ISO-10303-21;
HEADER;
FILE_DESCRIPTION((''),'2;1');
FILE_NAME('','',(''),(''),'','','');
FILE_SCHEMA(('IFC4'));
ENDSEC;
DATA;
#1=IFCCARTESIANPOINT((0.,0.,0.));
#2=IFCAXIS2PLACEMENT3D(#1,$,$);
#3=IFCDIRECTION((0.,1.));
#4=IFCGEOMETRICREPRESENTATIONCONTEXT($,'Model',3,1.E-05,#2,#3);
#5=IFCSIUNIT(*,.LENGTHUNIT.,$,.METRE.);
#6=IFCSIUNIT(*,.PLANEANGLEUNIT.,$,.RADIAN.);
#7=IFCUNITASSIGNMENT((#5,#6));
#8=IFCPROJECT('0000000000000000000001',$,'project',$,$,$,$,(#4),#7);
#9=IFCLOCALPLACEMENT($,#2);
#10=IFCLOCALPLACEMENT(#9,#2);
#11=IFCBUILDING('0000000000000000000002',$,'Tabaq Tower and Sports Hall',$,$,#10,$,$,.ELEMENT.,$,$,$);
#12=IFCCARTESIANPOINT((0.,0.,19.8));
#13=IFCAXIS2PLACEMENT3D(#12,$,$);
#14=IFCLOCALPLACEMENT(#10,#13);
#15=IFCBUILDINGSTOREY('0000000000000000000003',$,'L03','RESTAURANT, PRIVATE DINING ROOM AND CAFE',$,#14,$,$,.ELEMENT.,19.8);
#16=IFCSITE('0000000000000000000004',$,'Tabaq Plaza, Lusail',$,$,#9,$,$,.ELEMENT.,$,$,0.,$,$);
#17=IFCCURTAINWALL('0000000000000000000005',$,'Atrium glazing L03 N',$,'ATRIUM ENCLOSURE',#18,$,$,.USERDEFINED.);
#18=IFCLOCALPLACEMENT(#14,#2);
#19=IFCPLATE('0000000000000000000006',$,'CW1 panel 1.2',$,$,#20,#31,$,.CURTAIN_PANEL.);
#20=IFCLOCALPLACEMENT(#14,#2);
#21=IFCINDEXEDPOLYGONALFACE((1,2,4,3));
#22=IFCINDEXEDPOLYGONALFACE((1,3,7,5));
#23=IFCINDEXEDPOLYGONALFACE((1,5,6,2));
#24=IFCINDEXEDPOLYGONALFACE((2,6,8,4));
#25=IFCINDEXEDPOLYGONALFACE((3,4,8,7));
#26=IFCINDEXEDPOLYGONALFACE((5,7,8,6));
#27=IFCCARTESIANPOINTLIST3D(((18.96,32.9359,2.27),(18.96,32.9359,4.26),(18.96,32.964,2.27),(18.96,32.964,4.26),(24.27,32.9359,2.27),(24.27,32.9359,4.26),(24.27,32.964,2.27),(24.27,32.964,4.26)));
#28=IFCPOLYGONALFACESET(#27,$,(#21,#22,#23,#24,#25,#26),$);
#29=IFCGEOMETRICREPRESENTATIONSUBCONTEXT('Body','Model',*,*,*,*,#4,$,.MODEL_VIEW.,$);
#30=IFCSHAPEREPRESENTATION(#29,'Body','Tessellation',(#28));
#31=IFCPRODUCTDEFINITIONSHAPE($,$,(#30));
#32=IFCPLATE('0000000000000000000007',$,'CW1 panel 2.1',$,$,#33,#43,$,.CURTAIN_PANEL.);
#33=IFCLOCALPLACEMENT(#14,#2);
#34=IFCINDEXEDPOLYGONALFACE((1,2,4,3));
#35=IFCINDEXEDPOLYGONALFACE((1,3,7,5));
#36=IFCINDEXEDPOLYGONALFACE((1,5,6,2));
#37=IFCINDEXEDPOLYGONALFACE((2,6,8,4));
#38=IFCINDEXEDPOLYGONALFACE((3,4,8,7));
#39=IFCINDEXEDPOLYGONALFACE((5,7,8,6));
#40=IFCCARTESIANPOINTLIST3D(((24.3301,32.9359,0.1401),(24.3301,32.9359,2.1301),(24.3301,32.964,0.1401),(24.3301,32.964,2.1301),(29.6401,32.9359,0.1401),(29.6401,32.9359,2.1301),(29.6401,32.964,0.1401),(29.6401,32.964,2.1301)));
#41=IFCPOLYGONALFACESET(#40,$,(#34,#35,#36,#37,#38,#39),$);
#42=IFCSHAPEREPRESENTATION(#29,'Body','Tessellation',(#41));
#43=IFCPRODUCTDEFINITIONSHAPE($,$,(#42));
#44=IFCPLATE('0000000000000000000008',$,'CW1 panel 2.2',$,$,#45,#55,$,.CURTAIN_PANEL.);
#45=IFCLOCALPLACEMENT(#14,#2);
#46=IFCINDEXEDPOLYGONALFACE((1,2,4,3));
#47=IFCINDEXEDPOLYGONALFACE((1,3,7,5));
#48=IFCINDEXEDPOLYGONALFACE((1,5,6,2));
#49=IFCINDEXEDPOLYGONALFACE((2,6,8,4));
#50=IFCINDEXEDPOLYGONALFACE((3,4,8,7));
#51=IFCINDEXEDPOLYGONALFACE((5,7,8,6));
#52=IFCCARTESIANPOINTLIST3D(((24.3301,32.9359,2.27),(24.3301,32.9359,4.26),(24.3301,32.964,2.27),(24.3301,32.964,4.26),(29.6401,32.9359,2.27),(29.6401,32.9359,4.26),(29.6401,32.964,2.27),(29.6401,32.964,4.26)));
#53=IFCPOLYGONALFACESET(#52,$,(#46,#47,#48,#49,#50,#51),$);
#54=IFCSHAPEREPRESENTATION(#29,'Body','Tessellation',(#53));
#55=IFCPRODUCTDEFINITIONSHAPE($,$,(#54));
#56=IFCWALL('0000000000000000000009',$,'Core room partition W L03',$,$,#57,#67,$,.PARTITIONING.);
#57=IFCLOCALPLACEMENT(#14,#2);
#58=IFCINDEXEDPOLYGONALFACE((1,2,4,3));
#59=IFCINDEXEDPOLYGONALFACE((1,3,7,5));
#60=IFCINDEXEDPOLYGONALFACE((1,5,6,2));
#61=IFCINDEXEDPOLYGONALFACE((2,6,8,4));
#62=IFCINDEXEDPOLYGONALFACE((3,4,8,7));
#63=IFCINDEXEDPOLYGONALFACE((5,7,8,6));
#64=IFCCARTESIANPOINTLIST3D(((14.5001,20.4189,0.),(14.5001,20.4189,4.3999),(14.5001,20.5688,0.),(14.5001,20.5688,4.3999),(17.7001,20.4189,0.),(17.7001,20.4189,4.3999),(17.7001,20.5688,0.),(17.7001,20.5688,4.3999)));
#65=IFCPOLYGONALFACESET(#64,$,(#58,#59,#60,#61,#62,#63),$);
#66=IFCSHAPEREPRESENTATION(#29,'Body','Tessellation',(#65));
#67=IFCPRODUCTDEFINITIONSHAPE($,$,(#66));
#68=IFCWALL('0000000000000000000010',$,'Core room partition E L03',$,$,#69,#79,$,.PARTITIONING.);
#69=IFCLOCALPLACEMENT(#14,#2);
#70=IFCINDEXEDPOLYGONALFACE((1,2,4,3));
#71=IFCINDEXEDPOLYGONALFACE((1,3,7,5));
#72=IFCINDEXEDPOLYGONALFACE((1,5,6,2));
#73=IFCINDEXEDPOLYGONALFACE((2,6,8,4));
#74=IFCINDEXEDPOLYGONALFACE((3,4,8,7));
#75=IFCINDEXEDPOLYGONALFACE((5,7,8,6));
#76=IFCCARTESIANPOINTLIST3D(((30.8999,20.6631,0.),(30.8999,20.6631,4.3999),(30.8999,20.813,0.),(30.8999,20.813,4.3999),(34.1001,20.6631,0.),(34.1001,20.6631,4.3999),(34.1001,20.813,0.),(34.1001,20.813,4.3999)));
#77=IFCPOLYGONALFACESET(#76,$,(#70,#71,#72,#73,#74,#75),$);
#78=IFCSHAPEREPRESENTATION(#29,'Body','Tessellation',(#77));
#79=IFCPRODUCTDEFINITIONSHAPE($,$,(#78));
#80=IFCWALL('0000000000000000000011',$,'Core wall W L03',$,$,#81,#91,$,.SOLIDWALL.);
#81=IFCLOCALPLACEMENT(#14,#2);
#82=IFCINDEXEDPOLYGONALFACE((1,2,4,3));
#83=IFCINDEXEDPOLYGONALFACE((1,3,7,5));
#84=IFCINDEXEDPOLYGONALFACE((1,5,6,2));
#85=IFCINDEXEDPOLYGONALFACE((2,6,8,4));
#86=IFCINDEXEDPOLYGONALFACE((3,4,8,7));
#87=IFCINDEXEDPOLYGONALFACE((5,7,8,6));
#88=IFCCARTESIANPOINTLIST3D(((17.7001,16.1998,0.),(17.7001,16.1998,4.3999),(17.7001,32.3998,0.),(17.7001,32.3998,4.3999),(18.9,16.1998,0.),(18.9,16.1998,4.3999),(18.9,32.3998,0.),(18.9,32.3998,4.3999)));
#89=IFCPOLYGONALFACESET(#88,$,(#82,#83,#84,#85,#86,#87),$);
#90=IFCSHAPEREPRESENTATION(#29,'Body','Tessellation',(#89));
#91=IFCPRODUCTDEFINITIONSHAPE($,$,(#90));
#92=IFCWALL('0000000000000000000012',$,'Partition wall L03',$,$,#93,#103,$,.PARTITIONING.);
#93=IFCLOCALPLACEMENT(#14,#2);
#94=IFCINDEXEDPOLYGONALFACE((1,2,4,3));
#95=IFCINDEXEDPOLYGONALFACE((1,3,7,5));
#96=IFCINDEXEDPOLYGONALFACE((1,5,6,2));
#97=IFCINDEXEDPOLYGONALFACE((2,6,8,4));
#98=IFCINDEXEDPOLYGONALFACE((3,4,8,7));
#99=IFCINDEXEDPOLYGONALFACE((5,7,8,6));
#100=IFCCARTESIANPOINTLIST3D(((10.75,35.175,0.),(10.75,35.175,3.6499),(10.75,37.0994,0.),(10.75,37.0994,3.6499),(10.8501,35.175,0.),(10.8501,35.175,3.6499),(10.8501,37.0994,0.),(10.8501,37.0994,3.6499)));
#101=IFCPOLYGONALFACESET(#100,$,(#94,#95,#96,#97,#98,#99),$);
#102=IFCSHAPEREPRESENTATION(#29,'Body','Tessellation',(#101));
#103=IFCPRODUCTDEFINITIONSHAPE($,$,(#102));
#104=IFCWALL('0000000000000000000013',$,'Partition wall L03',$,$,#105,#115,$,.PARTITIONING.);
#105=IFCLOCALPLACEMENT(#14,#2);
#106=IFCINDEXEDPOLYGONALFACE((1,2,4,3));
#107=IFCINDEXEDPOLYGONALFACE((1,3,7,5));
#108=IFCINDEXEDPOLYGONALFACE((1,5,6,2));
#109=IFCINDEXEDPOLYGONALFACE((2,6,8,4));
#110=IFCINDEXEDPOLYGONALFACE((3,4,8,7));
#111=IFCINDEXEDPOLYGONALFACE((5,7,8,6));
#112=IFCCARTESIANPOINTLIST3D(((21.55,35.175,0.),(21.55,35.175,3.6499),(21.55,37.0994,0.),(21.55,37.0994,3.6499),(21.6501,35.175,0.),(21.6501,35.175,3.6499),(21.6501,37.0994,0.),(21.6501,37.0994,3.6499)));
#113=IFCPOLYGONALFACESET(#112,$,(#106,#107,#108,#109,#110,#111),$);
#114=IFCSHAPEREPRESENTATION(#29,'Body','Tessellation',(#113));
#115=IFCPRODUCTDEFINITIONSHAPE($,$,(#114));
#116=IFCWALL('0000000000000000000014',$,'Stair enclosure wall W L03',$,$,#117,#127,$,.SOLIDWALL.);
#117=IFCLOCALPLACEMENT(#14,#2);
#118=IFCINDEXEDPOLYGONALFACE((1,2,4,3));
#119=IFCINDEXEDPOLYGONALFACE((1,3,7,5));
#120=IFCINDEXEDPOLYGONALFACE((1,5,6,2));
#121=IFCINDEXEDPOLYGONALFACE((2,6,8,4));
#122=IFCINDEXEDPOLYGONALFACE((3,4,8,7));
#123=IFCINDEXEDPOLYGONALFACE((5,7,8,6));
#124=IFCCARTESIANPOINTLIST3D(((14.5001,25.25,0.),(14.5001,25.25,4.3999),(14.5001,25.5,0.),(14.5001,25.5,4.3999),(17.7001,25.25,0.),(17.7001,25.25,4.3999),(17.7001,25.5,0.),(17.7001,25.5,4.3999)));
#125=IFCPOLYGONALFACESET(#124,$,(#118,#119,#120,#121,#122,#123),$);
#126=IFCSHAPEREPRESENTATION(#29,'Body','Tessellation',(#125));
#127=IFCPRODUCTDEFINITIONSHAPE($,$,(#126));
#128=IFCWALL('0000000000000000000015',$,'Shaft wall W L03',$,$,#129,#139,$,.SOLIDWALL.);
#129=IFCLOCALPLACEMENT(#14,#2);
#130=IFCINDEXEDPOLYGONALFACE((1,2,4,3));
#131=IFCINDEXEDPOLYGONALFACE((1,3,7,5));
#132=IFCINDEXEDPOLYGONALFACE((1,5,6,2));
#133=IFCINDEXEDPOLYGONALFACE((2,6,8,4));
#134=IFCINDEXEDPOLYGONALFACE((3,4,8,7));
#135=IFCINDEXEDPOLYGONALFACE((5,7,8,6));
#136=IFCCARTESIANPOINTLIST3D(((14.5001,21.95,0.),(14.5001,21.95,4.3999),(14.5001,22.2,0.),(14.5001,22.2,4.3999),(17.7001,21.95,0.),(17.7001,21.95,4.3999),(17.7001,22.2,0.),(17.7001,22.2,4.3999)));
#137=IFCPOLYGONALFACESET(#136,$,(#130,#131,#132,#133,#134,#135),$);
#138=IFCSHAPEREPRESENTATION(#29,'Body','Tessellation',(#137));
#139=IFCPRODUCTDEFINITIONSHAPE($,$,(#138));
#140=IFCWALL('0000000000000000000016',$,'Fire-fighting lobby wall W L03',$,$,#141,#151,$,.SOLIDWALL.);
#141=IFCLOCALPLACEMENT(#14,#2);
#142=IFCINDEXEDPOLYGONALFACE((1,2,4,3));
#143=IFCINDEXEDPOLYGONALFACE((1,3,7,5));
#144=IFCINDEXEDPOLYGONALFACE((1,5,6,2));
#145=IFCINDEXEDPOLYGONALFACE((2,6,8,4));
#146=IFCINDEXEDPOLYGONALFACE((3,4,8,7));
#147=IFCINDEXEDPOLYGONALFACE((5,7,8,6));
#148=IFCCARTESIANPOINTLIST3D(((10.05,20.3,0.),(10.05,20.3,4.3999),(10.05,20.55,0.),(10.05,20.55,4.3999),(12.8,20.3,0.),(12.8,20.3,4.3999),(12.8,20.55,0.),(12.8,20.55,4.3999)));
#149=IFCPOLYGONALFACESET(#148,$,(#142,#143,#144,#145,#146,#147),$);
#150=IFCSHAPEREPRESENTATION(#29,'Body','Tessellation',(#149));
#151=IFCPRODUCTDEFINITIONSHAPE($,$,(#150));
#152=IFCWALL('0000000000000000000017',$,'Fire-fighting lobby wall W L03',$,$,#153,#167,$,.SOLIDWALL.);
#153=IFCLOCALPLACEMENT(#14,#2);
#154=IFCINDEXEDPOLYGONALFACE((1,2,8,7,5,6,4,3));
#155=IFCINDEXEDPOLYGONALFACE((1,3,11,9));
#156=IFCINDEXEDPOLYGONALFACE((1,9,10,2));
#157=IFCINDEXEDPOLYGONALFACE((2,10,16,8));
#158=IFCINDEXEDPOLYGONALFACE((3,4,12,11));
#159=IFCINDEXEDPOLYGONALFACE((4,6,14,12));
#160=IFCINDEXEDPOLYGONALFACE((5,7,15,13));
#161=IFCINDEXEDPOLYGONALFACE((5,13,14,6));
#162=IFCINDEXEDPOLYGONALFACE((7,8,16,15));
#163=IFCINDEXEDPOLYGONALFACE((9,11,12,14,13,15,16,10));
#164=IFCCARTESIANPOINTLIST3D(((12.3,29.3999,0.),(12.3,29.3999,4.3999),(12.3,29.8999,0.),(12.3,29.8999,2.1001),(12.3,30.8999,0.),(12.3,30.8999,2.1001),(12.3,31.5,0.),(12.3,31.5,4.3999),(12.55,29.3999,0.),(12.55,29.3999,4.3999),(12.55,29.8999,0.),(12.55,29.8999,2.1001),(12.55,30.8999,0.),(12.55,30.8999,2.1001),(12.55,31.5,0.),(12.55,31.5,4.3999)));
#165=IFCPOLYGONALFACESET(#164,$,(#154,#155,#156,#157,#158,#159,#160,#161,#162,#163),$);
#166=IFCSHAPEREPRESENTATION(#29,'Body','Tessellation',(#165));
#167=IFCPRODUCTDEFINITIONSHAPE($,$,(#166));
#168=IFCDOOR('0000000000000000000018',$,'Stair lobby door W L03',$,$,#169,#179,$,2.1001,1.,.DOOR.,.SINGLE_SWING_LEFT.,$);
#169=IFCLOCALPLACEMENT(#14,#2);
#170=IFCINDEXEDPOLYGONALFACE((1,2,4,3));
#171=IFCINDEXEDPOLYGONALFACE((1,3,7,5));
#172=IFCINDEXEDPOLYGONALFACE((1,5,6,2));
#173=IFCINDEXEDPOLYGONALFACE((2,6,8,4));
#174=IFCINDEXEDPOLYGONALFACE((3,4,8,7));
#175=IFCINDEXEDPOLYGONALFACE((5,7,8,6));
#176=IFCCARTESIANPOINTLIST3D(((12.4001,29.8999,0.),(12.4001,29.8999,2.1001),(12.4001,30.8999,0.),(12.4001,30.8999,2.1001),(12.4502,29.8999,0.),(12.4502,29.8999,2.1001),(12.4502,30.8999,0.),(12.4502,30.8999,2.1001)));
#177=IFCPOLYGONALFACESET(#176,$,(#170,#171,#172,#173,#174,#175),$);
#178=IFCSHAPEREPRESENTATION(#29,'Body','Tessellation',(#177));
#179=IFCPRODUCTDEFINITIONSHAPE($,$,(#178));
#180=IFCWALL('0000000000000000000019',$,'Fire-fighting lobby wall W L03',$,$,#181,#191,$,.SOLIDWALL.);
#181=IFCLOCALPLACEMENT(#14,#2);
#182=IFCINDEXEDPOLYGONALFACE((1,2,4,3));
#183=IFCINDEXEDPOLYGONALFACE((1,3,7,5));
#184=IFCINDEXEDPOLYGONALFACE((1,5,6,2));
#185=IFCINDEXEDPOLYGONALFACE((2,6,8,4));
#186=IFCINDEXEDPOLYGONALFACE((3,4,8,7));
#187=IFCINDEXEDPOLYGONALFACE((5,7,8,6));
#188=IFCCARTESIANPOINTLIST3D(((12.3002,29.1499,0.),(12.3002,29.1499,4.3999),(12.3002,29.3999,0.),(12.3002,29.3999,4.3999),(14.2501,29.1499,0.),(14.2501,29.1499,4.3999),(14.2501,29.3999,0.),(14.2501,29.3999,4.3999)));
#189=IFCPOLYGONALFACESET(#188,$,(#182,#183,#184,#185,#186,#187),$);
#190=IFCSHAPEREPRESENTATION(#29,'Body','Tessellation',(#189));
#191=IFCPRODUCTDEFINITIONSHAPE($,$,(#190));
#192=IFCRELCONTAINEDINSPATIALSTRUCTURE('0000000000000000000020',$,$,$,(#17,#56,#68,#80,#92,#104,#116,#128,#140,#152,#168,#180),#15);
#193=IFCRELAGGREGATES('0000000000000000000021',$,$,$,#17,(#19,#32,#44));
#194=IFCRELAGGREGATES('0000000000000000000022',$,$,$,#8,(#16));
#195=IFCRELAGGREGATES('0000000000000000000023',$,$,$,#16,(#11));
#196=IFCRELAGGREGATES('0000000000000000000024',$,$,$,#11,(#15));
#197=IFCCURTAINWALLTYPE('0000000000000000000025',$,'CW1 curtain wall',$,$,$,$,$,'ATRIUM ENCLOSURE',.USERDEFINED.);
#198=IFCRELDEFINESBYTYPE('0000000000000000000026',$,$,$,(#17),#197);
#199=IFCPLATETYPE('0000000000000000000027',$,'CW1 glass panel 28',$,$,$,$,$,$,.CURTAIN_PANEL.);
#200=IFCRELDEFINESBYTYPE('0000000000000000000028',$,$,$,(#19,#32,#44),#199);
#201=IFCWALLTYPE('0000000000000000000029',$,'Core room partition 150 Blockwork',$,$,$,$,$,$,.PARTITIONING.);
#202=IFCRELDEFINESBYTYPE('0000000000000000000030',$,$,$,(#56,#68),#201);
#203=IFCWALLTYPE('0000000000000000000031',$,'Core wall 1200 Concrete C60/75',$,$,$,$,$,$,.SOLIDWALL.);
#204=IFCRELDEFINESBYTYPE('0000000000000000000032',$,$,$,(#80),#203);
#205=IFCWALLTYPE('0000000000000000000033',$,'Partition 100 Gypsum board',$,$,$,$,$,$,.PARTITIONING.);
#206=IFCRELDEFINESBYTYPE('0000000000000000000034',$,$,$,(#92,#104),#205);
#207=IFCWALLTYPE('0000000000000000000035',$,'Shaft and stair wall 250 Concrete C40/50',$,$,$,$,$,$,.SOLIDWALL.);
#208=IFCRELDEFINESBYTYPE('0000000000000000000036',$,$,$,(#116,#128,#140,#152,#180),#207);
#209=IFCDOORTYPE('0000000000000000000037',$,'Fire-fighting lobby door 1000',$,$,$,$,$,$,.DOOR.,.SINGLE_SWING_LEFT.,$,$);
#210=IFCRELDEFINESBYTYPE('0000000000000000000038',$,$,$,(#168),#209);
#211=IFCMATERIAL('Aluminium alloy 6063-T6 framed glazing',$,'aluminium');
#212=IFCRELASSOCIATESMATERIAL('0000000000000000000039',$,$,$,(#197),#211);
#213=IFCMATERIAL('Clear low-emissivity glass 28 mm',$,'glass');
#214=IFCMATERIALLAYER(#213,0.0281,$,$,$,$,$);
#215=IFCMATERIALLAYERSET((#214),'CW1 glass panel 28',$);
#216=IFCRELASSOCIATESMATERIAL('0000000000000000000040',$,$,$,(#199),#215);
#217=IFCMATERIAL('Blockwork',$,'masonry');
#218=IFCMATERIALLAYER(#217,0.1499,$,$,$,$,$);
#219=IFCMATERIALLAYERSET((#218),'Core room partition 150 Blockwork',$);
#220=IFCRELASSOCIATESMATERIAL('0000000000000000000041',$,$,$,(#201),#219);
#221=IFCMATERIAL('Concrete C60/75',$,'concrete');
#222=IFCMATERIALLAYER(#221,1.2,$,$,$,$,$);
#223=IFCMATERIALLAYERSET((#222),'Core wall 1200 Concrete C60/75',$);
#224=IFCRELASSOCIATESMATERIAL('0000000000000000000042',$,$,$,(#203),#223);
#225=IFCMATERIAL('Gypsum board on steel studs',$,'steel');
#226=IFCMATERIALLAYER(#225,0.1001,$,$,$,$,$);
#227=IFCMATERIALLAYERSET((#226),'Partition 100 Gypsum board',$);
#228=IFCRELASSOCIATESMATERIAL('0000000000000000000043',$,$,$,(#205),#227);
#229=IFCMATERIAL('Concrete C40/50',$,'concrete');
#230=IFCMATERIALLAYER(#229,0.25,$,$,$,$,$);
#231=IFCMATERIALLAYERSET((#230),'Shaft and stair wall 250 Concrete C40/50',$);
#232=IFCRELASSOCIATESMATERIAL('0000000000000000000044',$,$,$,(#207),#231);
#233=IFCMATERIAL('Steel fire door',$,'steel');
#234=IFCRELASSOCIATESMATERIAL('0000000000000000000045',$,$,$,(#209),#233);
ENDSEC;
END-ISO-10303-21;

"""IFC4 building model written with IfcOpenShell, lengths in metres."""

from ifc_helpers import new_model, si_unit, direction, frame, frame_2d, origin, origin_2d, place, context, subcontext, project, spatial, rectangle, extrude, material, layer, layer_set, type_object, element, fill, aggregate, save


model = new_model("IFC4")

# Units and contexts
model_context = context("Model", 3, precision=1e-05, world=origin(), true_north=direction((0.0, 1.0)))
body_context = subcontext(model_context, "Body", "Model", "MODEL_VIEW")
ifc_project = project(units=[si_unit("LENGTHUNIT", "METRE"), si_unit("PLANEANGLEUNIT", "RADIAN")], contexts=[model_context])

# Site, building, storey
site_placement = place(None, origin())
site = spatial("IfcSite", under=ifc_project, at=site_placement, Name="Tabaq Plaza, Lusail", CompositionType="ELEMENT", RefElevation=0.0)
building_placement = place(site_placement, origin())
building = spatial("IfcBuilding", under=site, at=building_placement, Name="Tabaq Tower and Sports Hall", CompositionType="ELEMENT")
storey_placement = place(building_placement, frame((0.0, 0.0, 19.8)))
storey = spatial("IfcBuildingStorey", under=building, at=storey_placement, Name="L03", Description="RESTAURANT, PRIVATE DINING ROOM AND CAFE", CompositionType="ELEMENT", Elevation=19.8)

# Curtain wall
ifc_material_1 = material(Name="Aluminium alloy 6063-T6 framed glazing", Category="aluminium")
curtain_wall_type = type_object("IfcCurtainWallType", Name="CW1 curtain wall", ElementType="ATRIUM ENCLOSURE", PredefinedType="USERDEFINED", material=ifc_material_1)
curtain_wall_placement = place(storey_placement, origin())
curtain_wall = element("IfcCurtainWall", 1, at=curtain_wall_placement, inside=storey, type_object=curtain_wall_type, Name="Atrium glazing L03 N", ObjectType="ATRIUM ENCLOSURE", PredefinedType="USERDEFINED")

# Plates
ifc_material_2 = material(Name="Clear low-emissivity glass 28 mm", Category="glass")
ifc_layer_1 = layer(ifc_material_2, 0.0281)
ifc_layer_set_1 = layer_set([ifc_layer_1], Name="CW1 glass panel 28")
plate_type = type_object("IfcPlateType", Name="CW1 glass panel 28", PredefinedType="CURTAIN_PANEL", material=ifc_layer_set_1)
plate_1_placement = place(storey_placement, frame((21.615, 32.95, 2.27), z_axis=(0.0, 0.0, 1.0), x_axis=(1.0, 0.0, 0.0)))
plate_1 = element("IfcPlate", 2, at=plate_1_placement, type_object=plate_type, Name="CW1 panel 1.2", PredefinedType="CURTAIN_PANEL", context=body_context, shape_type="SweptSolid", body=[
    extrude(rectangle(XDim=5.3101, YDim=0.0281, at=origin_2d()), origin(), (0.0, 0.0, 1.0), 1.99),
])
plate_2_placement = place(storey_placement, frame((26.9851, 32.95, 0.1401), z_axis=(0.0, 0.0, 1.0), x_axis=(1.0, 0.0, 0.0)))
plate_2 = element("IfcPlate", 3, at=plate_2_placement, type_object=plate_type, Name="CW1 panel 2.1", PredefinedType="CURTAIN_PANEL", context=body_context, shape_type="SweptSolid", body=[
    extrude(rectangle(XDim=5.3101, YDim=0.0281, at=origin_2d()), origin(), (0.0, 0.0, 1.0), 1.99),
])
plate_3_placement = place(storey_placement, frame((26.9851, 32.95, 2.27), z_axis=(0.0, 0.0, 1.0), x_axis=(1.0, 0.0, 0.0)))
plate_3 = element("IfcPlate", 4, at=plate_3_placement, type_object=plate_type, Name="CW1 panel 2.2", PredefinedType="CURTAIN_PANEL", context=body_context, shape_type="SweptSolid", body=[
    extrude(rectangle(XDim=5.3101, YDim=0.0281, at=origin_2d()), origin(), (0.0, 0.0, 1.0), 1.99),
])
aggregate(curtain_wall, [plate_1, plate_2, plate_3])

# Walls
ifc_material_3 = material(Name="Blockwork", Category="masonry")
ifc_layer_2 = layer(ifc_material_3, 0.1499)
ifc_layer_set_2 = layer_set([ifc_layer_2], Name="Core room partition 150 Blockwork")
wall_type_1 = type_object("IfcWallType", Name="Core room partition 150 Blockwork", PredefinedType="PARTITIONING", material=ifc_layer_set_2)
wall_1_placement = place(storey_placement, frame((14.5, 20.4939, 0.0), z_axis=(0.0, 0.0, 1.0), x_axis=(1.0, 0.0, 0.0)))
element("IfcWall", 5, at=wall_1_placement, inside=storey, type_object=wall_type_1, Name="Core room partition W L03", PredefinedType="PARTITIONING", context=body_context, shape_type="SweptSolid", body=[
    extrude(rectangle(XDim=3.2, YDim=0.1499, at=frame_2d((1.6001, 0.0))), origin(), (0.0, 0.0, 1.0), 4.3999),
])
wall_2_placement = place(storey_placement, frame((30.8999, 20.738, 0.0), z_axis=(0.0, 0.0, 1.0), x_axis=(1.0, 0.0, 0.0)))
element("IfcWall", 6, at=wall_2_placement, inside=storey, type_object=wall_type_1, Name="Core room partition E L03", PredefinedType="PARTITIONING", context=body_context, shape_type="SweptSolid", body=[
    extrude(rectangle(XDim=3.2002, YDim=0.1499, at=frame_2d((1.6001, 0.0))), origin(), (0.0, 0.0, 1.0), 4.3999),
])
ifc_material_4 = material(Name="Concrete C60/75", Category="concrete")
ifc_layer_3 = layer(ifc_material_4, 1.2)
ifc_layer_set_3 = layer_set([ifc_layer_3], Name="Core wall 1200 Concrete C60/75")
wall_type_2 = type_object("IfcWallType", Name="Core wall 1200 Concrete C60/75", PredefinedType="SOLIDWALL", material=ifc_layer_set_3)
wall_3_placement = place(storey_placement, frame((18.3, 32.3999, 0.0), z_axis=(0.0, 0.0, 1.0), x_axis=(0.0, -1.0, 0.0)))
element("IfcWall", 7, at=wall_3_placement, inside=storey, type_object=wall_type_2, Name="Core wall W L03", PredefinedType="SOLIDWALL", context=body_context, shape_type="SweptSolid", body=[
    extrude(rectangle(XDim=16.2, YDim=1.2, at=frame_2d((8.1001, 0.0))), origin(), (0.0, 0.0, 1.0), 4.3999),
])
ifc_material_5 = material(Name="Gypsum board on steel studs", Category="steel")
ifc_layer_4 = layer(ifc_material_5, 0.1001)
ifc_layer_set_4 = layer_set([ifc_layer_4], Name="Partition 100 Gypsum board")
wall_type_3 = type_object("IfcWallType", Name="Partition 100 Gypsum board", PredefinedType="PARTITIONING", material=ifc_layer_set_4)
for number, where, z_axis, x_axis, name in (
    (8, (10.8, 35.175, 0.0), (0.0, 0.0, 1.0), (0.0, 1.0, 0.0), "Partition wall L03"),
    (9, (21.6001, 35.175, 0.0), (0.0, 0.0, 1.0), (0.0, 1.0, 0.0), "Partition wall L03"),
):
    element("IfcWall", number, at=place(storey_placement, frame(where, z_axis=z_axis, x_axis=x_axis)), inside=storey, type_object=wall_type_3, Name=name, PredefinedType="PARTITIONING", context=body_context, shape_type="SweptSolid", body=[
        extrude(rectangle(XDim=1.9243, YDim=0.1001, at=frame_2d((0.9622, 0.0))), origin(), (0.0, 0.0, 1.0), 3.6499),
    ])
ifc_material_6 = material(Name="Concrete C40/50", Category="concrete")
ifc_layer_5 = layer(ifc_material_6, 0.25)
ifc_layer_set_5 = layer_set([ifc_layer_5], Name="Shaft and stair wall 250 Concrete C40/50")
wall_type_4 = type_object("IfcWallType", Name="Shaft and stair wall 250 Concrete C40/50", PredefinedType="SOLIDWALL", material=ifc_layer_set_5)
for number, where, z_axis, x_axis, name in (
    (10, (14.5, 25.375, 0.0), (0.0, 0.0, 1.0), (1.0, 0.0, 0.0), "Stair enclosure wall W L03"),
    (11, (14.5, 22.075, 0.0), (0.0, 0.0, 1.0), (1.0, 0.0, 0.0), "Shaft wall W L03"),
):
    element("IfcWall", number, at=place(storey_placement, frame(where, z_axis=z_axis, x_axis=x_axis)), inside=storey, type_object=wall_type_4, Name=name, PredefinedType="SOLIDWALL", context=body_context, shape_type="SweptSolid", body=[
        extrude(rectangle(XDim=3.2, YDim=0.25, at=frame_2d((1.6001, 0.0))), origin(), (0.0, 0.0, 1.0), 4.3999),
    ])
wall_4_placement = place(storey_placement, frame((10.05, 20.425, 0.0), z_axis=(0.0, 0.0, 1.0), x_axis=(1.0, 0.0, 0.0)))
element("IfcWall", 12, at=wall_4_placement, inside=storey, type_object=wall_type_4, Name="Fire-fighting lobby wall W L03", PredefinedType="SOLIDWALL", context=body_context, shape_type="SweptSolid", body=[
    extrude(rectangle(XDim=2.75, YDim=0.25, at=frame_2d((1.375, 0.0))), origin(), (0.0, 0.0, 1.0), 4.3999),
])

# Wall, opening, door
wall_5_placement = place(storey_placement, frame((12.425, 29.3999, 0.0), z_axis=(0.0, 0.0, 1.0), x_axis=(0.0, 1.0, 0.0)))
wall_5 = element("IfcWall", 13, at=wall_5_placement, inside=storey, type_object=wall_type_4, Name="Fire-fighting lobby wall W L03", PredefinedType="SOLIDWALL", context=body_context, shape_type="SweptSolid", body=[
    extrude(rectangle(XDim=2.1001, YDim=0.25, at=frame_2d((1.05, 0.0))), origin(), (0.0, 0.0, 1.0), 4.3999),
])
opening_1_placement = place(wall_5_placement, frame((0.5, 0.0, 0.0)))
opening_1 = element("IfcOpeningElement", 14, at=opening_1_placement, cuts=wall_5, PredefinedType="OPENING", context=body_context, shape_type="SweptSolid", body=[
    extrude(rectangle(XDim=1.0, YDim=2.1001, at=frame_2d((0.5, 1.05))), frame((0.0, 0.125, 0.0), z_axis=(0.0, -1.0, 0.0), x_axis=(1.0, 0.0, 0.0)), (0.0, 0.0, 1.0), 0.25),
])
ifc_material_7 = material(Name="Steel fire door", Category="steel")
door_type = type_object("IfcDoorType", Name="Fire-fighting lobby door 1000", OperationType="SINGLE_SWING_LEFT", PredefinedType="DOOR", material=ifc_material_7)
door_1_placement = place(opening_1_placement, origin())
door_1 = element("IfcDoor", 15, at=door_1_placement, inside=storey, type_object=door_type, Name="Stair lobby door W L03", OperationType="SINGLE_SWING_LEFT", OverallHeight=2.1001, OverallWidth=1.0, PredefinedType="DOOR", context=body_context, shape_type="SweptSolid", body=[
    extrude(rectangle(XDim=1.0, YDim=2.1001, at=frame_2d((0.5, 1.05))), frame((0.0, 0.0249, 0.0), z_axis=(0.0, -1.0, 0.0), x_axis=(1.0, 0.0, 0.0)), (0.0, 0.0, 1.0), 0.05),
])
fill(opening_1, door_1)

# Wall
wall_6_placement = place(storey_placement, frame((12.3, 29.2749, 0.0), z_axis=(0.0, 0.0, 1.0), x_axis=(1.0, 0.0, 0.0)))
element("IfcWall", 16, at=wall_6_placement, inside=storey, type_object=wall_type_4, Name="Fire-fighting lobby wall W L03", PredefinedType="SOLIDWALL", context=body_context, shape_type="SweptSolid", body=[
    extrude(rectangle(XDim=1.95, YDim=0.25, at=frame_2d((0.9751, 0.0))), origin(), (0.0, 0.0, 1.0), 4.3999),
])

save(model, "model.ifc")
